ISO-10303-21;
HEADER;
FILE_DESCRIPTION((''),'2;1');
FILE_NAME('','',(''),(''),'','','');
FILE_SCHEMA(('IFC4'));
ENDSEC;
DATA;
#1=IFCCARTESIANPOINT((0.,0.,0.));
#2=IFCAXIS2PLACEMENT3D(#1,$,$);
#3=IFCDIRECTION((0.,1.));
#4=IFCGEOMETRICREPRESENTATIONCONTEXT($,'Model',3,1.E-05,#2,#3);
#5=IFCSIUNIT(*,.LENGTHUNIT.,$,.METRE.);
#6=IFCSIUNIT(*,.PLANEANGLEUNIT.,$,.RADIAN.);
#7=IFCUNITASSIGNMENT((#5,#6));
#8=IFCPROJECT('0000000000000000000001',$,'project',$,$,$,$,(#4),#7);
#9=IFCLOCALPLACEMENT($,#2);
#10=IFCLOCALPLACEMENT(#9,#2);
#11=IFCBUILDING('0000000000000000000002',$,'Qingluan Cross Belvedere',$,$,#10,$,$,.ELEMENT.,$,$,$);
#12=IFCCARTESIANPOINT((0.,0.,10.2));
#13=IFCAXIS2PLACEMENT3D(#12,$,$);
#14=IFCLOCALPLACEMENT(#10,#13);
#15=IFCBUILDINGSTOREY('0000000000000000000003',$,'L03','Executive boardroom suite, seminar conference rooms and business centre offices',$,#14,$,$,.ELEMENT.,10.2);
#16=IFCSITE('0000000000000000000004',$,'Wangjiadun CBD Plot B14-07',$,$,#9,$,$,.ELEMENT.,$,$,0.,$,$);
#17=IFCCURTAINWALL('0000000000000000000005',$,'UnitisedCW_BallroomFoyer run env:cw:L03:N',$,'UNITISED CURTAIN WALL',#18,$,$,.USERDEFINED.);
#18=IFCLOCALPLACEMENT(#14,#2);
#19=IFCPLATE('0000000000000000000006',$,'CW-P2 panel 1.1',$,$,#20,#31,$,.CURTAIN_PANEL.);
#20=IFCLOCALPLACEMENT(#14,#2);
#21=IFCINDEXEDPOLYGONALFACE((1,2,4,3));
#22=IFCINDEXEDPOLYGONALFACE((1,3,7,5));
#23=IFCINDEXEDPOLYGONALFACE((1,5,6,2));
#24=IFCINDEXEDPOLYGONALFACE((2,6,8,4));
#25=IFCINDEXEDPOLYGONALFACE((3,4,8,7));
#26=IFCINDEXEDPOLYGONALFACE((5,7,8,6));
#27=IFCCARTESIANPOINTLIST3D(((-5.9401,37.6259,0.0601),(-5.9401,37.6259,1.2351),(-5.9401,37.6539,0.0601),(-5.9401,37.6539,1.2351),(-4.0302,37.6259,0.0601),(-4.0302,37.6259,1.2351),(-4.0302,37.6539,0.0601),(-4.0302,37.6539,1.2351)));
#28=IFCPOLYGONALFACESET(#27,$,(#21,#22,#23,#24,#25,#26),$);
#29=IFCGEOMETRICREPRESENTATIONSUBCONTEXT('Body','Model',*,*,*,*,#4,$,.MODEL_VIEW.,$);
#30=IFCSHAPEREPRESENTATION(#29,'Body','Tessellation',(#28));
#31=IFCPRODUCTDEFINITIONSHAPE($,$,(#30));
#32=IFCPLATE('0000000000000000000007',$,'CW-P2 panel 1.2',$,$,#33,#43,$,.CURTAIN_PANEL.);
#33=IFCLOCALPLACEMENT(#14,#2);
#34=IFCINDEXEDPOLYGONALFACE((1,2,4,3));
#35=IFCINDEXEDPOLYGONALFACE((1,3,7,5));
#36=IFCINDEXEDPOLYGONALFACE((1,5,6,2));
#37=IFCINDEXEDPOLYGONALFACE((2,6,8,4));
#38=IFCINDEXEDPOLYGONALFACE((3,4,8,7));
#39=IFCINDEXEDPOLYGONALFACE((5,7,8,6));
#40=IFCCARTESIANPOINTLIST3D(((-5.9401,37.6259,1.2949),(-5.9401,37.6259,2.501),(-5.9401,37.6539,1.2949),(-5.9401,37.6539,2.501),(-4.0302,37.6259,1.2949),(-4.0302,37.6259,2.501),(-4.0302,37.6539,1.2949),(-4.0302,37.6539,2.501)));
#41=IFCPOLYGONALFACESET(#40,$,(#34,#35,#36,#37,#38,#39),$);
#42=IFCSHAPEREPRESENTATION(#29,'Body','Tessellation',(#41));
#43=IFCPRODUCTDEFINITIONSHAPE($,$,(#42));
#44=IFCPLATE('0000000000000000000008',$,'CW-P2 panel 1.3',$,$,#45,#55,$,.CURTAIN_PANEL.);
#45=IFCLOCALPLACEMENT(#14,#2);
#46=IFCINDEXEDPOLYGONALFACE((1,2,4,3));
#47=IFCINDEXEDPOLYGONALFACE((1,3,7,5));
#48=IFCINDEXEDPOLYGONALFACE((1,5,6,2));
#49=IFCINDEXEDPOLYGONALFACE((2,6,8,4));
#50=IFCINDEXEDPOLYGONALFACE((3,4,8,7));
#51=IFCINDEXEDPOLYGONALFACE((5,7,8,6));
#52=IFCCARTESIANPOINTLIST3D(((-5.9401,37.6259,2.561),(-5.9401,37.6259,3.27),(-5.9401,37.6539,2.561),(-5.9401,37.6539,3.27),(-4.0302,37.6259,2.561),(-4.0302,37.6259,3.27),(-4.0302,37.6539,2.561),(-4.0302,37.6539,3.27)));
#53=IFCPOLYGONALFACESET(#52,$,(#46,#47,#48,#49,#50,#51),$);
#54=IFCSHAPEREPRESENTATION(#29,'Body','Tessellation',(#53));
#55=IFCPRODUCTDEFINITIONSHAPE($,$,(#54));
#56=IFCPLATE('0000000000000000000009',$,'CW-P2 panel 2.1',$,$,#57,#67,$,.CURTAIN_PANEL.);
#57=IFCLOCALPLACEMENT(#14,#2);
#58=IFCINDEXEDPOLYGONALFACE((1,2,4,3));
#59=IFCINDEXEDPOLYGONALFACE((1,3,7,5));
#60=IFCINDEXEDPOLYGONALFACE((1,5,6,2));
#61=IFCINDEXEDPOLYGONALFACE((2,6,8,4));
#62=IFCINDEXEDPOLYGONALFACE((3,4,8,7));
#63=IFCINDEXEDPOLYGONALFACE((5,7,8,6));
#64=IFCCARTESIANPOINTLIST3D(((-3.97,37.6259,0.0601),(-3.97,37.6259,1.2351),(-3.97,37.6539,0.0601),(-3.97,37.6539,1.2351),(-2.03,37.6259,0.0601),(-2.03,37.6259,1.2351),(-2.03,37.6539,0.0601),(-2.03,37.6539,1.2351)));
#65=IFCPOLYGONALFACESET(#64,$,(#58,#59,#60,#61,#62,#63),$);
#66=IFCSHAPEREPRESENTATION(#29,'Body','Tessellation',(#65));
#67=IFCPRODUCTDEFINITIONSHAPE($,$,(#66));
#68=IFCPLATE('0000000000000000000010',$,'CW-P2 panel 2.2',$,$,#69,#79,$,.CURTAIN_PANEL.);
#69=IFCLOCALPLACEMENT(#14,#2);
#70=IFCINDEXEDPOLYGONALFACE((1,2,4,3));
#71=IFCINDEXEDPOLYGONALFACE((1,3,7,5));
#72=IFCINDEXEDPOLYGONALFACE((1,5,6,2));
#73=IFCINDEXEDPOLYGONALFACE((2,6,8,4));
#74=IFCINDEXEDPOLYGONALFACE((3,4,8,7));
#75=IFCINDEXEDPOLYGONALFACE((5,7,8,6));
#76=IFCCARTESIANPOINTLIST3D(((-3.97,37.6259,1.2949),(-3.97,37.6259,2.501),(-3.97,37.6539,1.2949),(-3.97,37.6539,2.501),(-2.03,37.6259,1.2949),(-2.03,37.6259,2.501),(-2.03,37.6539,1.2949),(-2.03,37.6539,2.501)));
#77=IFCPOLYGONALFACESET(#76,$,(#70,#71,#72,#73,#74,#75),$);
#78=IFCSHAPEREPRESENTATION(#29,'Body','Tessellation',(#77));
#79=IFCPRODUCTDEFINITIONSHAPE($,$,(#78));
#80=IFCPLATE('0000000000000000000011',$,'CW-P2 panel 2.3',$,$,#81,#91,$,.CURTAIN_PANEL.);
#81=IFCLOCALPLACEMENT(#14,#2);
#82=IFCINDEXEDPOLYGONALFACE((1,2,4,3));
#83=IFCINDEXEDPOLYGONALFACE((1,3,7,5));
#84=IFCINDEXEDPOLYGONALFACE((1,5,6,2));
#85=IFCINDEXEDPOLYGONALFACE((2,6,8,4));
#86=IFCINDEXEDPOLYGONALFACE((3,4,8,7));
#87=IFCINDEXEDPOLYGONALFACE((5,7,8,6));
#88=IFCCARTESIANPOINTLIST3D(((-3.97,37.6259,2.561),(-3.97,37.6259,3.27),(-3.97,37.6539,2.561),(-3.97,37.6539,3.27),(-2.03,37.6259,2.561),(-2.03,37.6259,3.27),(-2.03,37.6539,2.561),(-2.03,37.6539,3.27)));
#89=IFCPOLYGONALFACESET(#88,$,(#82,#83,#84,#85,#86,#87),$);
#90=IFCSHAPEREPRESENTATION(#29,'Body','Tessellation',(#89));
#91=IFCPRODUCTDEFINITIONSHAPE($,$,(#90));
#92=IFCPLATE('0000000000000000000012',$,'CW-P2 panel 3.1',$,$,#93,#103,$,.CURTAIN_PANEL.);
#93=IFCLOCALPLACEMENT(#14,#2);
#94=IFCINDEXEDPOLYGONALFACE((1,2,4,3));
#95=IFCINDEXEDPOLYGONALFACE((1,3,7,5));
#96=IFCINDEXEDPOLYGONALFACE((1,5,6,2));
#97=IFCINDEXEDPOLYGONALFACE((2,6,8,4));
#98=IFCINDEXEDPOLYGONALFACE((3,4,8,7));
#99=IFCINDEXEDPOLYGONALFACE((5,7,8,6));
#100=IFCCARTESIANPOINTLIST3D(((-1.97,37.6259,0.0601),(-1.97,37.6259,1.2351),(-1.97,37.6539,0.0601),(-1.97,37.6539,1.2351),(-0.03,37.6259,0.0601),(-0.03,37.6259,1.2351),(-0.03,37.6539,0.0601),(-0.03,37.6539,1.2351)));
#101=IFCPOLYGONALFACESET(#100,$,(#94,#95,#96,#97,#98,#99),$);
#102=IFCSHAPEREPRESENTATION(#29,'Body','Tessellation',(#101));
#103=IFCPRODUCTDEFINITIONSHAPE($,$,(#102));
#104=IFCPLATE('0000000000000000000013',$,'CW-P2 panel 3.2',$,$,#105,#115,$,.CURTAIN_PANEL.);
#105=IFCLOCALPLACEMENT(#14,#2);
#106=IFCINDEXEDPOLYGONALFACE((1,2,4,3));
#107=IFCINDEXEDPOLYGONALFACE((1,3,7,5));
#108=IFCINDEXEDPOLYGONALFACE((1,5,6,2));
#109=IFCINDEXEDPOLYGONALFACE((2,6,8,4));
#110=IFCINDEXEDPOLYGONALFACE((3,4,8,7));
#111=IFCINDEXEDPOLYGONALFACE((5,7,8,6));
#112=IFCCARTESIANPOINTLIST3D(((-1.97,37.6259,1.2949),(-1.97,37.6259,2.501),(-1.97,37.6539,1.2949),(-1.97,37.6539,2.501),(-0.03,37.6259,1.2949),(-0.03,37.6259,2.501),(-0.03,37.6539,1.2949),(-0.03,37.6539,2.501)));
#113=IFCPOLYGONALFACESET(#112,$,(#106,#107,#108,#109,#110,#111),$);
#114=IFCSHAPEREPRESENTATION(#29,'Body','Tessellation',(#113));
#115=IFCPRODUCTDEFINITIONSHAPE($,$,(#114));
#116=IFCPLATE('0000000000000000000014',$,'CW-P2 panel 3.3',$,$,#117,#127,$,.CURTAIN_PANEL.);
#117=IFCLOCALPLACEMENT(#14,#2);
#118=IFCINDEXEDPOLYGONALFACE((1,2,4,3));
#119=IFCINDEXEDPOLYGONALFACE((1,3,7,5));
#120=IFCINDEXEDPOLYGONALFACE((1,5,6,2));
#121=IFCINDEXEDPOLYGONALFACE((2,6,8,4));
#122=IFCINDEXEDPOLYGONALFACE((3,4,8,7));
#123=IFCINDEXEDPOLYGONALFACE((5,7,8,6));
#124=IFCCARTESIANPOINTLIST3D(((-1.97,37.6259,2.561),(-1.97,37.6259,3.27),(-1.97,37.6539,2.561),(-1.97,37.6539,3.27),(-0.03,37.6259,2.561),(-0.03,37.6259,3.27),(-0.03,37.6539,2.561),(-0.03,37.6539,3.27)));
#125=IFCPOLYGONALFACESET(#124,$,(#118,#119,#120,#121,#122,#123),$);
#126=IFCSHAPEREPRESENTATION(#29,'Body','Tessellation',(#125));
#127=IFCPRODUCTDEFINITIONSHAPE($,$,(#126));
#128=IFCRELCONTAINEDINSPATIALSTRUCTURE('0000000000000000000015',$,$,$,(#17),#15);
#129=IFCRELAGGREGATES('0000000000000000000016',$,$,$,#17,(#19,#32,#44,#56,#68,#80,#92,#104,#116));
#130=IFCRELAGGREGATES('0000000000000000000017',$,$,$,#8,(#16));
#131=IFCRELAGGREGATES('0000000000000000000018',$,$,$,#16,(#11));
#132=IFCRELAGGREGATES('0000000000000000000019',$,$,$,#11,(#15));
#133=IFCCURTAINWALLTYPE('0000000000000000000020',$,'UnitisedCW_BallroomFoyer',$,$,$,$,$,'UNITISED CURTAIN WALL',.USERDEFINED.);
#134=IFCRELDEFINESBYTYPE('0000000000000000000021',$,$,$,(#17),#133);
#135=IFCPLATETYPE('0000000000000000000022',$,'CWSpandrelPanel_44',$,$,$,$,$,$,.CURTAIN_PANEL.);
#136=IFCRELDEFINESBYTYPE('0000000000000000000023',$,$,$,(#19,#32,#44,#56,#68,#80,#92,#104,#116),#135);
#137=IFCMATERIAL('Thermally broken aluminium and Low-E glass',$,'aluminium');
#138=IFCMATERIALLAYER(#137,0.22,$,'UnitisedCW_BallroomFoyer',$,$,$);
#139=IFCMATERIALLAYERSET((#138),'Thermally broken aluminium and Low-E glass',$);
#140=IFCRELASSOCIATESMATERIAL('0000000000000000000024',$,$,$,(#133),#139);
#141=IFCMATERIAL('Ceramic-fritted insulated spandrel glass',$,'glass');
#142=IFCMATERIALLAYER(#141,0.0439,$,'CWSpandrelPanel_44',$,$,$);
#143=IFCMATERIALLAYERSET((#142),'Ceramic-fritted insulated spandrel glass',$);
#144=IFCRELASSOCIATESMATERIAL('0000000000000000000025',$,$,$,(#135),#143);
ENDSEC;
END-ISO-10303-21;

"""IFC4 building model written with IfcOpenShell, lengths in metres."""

from ifc_helpers import new_model, si_unit, direction, frame, origin, origin_2d, place, context, subcontext, project, spatial, rectangle, extrude, material, layer, layer_set, type_object, element, aggregate, save


model = new_model("IFC4")

# Units and contexts
model_context = context("Model", 3, precision=1e-05, world=origin(), true_north=direction((0.0, 1.0)))
body_context = subcontext(model_context, "Body", "Model", "MODEL_VIEW")
ifc_project = project(units=[si_unit("LENGTHUNIT", "METRE"), si_unit("PLANEANGLEUNIT", "RADIAN")], contexts=[model_context])

# Site, building, storey
site_placement = place(None, origin())
site = spatial("IfcSite", under=ifc_project, at=site_placement, Name="Wangjiadun CBD Plot B14-07", CompositionType="ELEMENT", RefElevation=0.0)
building_placement = place(site_placement, origin())
building = spatial("IfcBuilding", under=site, at=building_placement, Name="Qingluan Cross Belvedere", CompositionType="ELEMENT")
storey_placement = place(building_placement, frame((0.0, 0.0, 10.2)))
storey = spatial("IfcBuildingStorey", under=building, at=storey_placement, Name="L03", Description="Executive boardroom suite, seminar conference rooms and business centre offices", CompositionType="ELEMENT", Elevation=10.2)

# Curtain wall
ifc_material_1 = material(Name="Thermally broken aluminium and Low-E glass", Category="aluminium")
ifc_layer_1 = layer(ifc_material_1, 0.22, Name="UnitisedCW_BallroomFoyer")
ifc_layer_set_1 = layer_set([ifc_layer_1], Name="Thermally broken aluminium and Low-E glass")
curtain_wall_type = type_object("IfcCurtainWallType", Name="UnitisedCW_BallroomFoyer", ElementType="UNITISED CURTAIN WALL", PredefinedType="USERDEFINED", material=ifc_layer_set_1)
curtain_wall_placement = place(storey_placement, origin())
curtain_wall = element("IfcCurtainWall", 1, at=curtain_wall_placement, inside=storey, type_object=curtain_wall_type, Name="UnitisedCW_BallroomFoyer run env:cw:L03:N", ObjectType="UNITISED CURTAIN WALL", PredefinedType="USERDEFINED")

# Plates
ifc_material_2 = material(Name="Ceramic-fritted insulated spandrel glass", Category="glass")
ifc_layer_2 = layer(ifc_material_2, 0.0439, Name="CWSpandrelPanel_44")
ifc_layer_set_2 = layer_set([ifc_layer_2], Name="Ceramic-fritted insulated spandrel glass")
plate_type = type_object("IfcPlateType", Name="CWSpandrelPanel_44", PredefinedType="CURTAIN_PANEL", material=ifc_layer_set_2)
plate_1_placement = place(storey_placement, frame((-4.9851, 37.6399, 0.0601), z_axis=(0.0, 0.0, 1.0), x_axis=(1.0, 0.0, 0.0)))
plate_1 = element("IfcPlate", 2, at=plate_1_placement, type_object=plate_type, Name="CW-P2 panel 1.1", PredefinedType="CURTAIN_PANEL", context=body_context, shape_type="SweptSolid", body=[
    extrude(rectangle(XDim=1.9099, YDim=0.0281, at=origin_2d()), origin(), (0.0, 0.0, 1.0), 1.175),
])
plate_2_placement = place(storey_placement, frame((-4.9851, 37.6399, 1.2949), z_axis=(0.0, 0.0, 1.0), x_axis=(1.0, 0.0, 0.0)))
plate_2 = element("IfcPlate", 3, at=plate_2_placement, type_object=plate_type, Name="CW-P2 panel 1.2", PredefinedType="CURTAIN_PANEL", context=body_context, shape_type="SweptSolid", body=[
    extrude(rectangle(XDim=1.9099, YDim=0.0281, at=origin_2d()), origin(), (0.0, 0.0, 1.0), 1.2061),
])
plate_3_placement = place(storey_placement, frame((-4.9851, 37.6399, 2.561), z_axis=(0.0, 0.0, 1.0), x_axis=(1.0, 0.0, 0.0)))
plate_3 = element("IfcPlate", 4, at=plate_3_placement, type_object=plate_type, Name="CW-P2 panel 1.3", PredefinedType="CURTAIN_PANEL", context=body_context, shape_type="SweptSolid", body=[
    extrude(rectangle(XDim=1.9099, YDim=0.0281, at=origin_2d()), origin(), (0.0, 0.0, 1.0), 0.709),
])
plate_4_placement = place(storey_placement, frame((-3.0, 37.6399, 0.0601), z_axis=(0.0, 0.0, 1.0), x_axis=(1.0, 0.0, 0.0)))
plate_4 = element("IfcPlate", 5, at=plate_4_placement, type_object=plate_type, Name="CW-P2 panel 2.1", PredefinedType="CURTAIN_PANEL", context=body_context, shape_type="SweptSolid", body=[
    extrude(rectangle(XDim=1.9399, YDim=0.0281, at=origin_2d()), origin(), (0.0, 0.0, 1.0), 1.175),
])
plate_5_placement = place(storey_placement, frame((-3.0, 37.6399, 1.2949), z_axis=(0.0, 0.0, 1.0), x_axis=(1.0, 0.0, 0.0)))
plate_5 = element("IfcPlate", 6, at=plate_5_placement, type_object=plate_type, Name="CW-P2 panel 2.2", PredefinedType="CURTAIN_PANEL", context=body_context, shape_type="SweptSolid", body=[
    extrude(rectangle(XDim=1.9399, YDim=0.0281, at=origin_2d()), origin(), (0.0, 0.0, 1.0), 1.2061),
])
plate_6_placement = place(storey_placement, frame((-3.0, 37.6399, 2.561), z_axis=(0.0, 0.0, 1.0), x_axis=(1.0, 0.0, 0.0)))
plate_6 = element("IfcPlate", 7, at=plate_6_placement, type_object=plate_type, Name="CW-P2 panel 2.3", PredefinedType="CURTAIN_PANEL", context=body_context, shape_type="SweptSolid", body=[
    extrude(rectangle(XDim=1.9399, YDim=0.0281, at=origin_2d()), origin(), (0.0, 0.0, 1.0), 0.709),
])
plate_7_placement = place(storey_placement, frame((-1.0, 37.6399, 0.0601), z_axis=(0.0, 0.0, 1.0), x_axis=(1.0, 0.0, 0.0)))
plate_7 = element("IfcPlate", 8, at=plate_7_placement, type_object=plate_type, Name="CW-P2 panel 3.1", PredefinedType="CURTAIN_PANEL", context=body_context, shape_type="SweptSolid", body=[
    extrude(rectangle(XDim=1.9399, YDim=0.0281, at=origin_2d()), origin(), (0.0, 0.0, 1.0), 1.175),
])
plate_8_placement = place(storey_placement, frame((-1.0, 37.6399, 1.2949), z_axis=(0.0, 0.0, 1.0), x_axis=(1.0, 0.0, 0.0)))
plate_8 = element("IfcPlate", 9, at=plate_8_placement, type_object=plate_type, Name="CW-P2 panel 3.2", PredefinedType="CURTAIN_PANEL", context=body_context, shape_type="SweptSolid", body=[
    extrude(rectangle(XDim=1.9399, YDim=0.0281, at=origin_2d()), origin(), (0.0, 0.0, 1.0), 1.2061),
])
plate_9_placement = place(storey_placement, frame((-1.0, 37.6399, 2.561), z_axis=(0.0, 0.0, 1.0), x_axis=(1.0, 0.0, 0.0)))
plate_9 = element("IfcPlate", 10, at=plate_9_placement, type_object=plate_type, Name="CW-P2 panel 3.3", PredefinedType="CURTAIN_PANEL", context=body_context, shape_type="SweptSolid", body=[
    extrude(rectangle(XDim=1.9399, YDim=0.0281, at=origin_2d()), origin(), (0.0, 0.0, 1.0), 0.709),
])
aggregate(curtain_wall, [plate_1, plate_2, plate_3, plate_4, plate_5, plate_6, plate_7, plate_8, plate_9])

save(model, "model.ifc")
